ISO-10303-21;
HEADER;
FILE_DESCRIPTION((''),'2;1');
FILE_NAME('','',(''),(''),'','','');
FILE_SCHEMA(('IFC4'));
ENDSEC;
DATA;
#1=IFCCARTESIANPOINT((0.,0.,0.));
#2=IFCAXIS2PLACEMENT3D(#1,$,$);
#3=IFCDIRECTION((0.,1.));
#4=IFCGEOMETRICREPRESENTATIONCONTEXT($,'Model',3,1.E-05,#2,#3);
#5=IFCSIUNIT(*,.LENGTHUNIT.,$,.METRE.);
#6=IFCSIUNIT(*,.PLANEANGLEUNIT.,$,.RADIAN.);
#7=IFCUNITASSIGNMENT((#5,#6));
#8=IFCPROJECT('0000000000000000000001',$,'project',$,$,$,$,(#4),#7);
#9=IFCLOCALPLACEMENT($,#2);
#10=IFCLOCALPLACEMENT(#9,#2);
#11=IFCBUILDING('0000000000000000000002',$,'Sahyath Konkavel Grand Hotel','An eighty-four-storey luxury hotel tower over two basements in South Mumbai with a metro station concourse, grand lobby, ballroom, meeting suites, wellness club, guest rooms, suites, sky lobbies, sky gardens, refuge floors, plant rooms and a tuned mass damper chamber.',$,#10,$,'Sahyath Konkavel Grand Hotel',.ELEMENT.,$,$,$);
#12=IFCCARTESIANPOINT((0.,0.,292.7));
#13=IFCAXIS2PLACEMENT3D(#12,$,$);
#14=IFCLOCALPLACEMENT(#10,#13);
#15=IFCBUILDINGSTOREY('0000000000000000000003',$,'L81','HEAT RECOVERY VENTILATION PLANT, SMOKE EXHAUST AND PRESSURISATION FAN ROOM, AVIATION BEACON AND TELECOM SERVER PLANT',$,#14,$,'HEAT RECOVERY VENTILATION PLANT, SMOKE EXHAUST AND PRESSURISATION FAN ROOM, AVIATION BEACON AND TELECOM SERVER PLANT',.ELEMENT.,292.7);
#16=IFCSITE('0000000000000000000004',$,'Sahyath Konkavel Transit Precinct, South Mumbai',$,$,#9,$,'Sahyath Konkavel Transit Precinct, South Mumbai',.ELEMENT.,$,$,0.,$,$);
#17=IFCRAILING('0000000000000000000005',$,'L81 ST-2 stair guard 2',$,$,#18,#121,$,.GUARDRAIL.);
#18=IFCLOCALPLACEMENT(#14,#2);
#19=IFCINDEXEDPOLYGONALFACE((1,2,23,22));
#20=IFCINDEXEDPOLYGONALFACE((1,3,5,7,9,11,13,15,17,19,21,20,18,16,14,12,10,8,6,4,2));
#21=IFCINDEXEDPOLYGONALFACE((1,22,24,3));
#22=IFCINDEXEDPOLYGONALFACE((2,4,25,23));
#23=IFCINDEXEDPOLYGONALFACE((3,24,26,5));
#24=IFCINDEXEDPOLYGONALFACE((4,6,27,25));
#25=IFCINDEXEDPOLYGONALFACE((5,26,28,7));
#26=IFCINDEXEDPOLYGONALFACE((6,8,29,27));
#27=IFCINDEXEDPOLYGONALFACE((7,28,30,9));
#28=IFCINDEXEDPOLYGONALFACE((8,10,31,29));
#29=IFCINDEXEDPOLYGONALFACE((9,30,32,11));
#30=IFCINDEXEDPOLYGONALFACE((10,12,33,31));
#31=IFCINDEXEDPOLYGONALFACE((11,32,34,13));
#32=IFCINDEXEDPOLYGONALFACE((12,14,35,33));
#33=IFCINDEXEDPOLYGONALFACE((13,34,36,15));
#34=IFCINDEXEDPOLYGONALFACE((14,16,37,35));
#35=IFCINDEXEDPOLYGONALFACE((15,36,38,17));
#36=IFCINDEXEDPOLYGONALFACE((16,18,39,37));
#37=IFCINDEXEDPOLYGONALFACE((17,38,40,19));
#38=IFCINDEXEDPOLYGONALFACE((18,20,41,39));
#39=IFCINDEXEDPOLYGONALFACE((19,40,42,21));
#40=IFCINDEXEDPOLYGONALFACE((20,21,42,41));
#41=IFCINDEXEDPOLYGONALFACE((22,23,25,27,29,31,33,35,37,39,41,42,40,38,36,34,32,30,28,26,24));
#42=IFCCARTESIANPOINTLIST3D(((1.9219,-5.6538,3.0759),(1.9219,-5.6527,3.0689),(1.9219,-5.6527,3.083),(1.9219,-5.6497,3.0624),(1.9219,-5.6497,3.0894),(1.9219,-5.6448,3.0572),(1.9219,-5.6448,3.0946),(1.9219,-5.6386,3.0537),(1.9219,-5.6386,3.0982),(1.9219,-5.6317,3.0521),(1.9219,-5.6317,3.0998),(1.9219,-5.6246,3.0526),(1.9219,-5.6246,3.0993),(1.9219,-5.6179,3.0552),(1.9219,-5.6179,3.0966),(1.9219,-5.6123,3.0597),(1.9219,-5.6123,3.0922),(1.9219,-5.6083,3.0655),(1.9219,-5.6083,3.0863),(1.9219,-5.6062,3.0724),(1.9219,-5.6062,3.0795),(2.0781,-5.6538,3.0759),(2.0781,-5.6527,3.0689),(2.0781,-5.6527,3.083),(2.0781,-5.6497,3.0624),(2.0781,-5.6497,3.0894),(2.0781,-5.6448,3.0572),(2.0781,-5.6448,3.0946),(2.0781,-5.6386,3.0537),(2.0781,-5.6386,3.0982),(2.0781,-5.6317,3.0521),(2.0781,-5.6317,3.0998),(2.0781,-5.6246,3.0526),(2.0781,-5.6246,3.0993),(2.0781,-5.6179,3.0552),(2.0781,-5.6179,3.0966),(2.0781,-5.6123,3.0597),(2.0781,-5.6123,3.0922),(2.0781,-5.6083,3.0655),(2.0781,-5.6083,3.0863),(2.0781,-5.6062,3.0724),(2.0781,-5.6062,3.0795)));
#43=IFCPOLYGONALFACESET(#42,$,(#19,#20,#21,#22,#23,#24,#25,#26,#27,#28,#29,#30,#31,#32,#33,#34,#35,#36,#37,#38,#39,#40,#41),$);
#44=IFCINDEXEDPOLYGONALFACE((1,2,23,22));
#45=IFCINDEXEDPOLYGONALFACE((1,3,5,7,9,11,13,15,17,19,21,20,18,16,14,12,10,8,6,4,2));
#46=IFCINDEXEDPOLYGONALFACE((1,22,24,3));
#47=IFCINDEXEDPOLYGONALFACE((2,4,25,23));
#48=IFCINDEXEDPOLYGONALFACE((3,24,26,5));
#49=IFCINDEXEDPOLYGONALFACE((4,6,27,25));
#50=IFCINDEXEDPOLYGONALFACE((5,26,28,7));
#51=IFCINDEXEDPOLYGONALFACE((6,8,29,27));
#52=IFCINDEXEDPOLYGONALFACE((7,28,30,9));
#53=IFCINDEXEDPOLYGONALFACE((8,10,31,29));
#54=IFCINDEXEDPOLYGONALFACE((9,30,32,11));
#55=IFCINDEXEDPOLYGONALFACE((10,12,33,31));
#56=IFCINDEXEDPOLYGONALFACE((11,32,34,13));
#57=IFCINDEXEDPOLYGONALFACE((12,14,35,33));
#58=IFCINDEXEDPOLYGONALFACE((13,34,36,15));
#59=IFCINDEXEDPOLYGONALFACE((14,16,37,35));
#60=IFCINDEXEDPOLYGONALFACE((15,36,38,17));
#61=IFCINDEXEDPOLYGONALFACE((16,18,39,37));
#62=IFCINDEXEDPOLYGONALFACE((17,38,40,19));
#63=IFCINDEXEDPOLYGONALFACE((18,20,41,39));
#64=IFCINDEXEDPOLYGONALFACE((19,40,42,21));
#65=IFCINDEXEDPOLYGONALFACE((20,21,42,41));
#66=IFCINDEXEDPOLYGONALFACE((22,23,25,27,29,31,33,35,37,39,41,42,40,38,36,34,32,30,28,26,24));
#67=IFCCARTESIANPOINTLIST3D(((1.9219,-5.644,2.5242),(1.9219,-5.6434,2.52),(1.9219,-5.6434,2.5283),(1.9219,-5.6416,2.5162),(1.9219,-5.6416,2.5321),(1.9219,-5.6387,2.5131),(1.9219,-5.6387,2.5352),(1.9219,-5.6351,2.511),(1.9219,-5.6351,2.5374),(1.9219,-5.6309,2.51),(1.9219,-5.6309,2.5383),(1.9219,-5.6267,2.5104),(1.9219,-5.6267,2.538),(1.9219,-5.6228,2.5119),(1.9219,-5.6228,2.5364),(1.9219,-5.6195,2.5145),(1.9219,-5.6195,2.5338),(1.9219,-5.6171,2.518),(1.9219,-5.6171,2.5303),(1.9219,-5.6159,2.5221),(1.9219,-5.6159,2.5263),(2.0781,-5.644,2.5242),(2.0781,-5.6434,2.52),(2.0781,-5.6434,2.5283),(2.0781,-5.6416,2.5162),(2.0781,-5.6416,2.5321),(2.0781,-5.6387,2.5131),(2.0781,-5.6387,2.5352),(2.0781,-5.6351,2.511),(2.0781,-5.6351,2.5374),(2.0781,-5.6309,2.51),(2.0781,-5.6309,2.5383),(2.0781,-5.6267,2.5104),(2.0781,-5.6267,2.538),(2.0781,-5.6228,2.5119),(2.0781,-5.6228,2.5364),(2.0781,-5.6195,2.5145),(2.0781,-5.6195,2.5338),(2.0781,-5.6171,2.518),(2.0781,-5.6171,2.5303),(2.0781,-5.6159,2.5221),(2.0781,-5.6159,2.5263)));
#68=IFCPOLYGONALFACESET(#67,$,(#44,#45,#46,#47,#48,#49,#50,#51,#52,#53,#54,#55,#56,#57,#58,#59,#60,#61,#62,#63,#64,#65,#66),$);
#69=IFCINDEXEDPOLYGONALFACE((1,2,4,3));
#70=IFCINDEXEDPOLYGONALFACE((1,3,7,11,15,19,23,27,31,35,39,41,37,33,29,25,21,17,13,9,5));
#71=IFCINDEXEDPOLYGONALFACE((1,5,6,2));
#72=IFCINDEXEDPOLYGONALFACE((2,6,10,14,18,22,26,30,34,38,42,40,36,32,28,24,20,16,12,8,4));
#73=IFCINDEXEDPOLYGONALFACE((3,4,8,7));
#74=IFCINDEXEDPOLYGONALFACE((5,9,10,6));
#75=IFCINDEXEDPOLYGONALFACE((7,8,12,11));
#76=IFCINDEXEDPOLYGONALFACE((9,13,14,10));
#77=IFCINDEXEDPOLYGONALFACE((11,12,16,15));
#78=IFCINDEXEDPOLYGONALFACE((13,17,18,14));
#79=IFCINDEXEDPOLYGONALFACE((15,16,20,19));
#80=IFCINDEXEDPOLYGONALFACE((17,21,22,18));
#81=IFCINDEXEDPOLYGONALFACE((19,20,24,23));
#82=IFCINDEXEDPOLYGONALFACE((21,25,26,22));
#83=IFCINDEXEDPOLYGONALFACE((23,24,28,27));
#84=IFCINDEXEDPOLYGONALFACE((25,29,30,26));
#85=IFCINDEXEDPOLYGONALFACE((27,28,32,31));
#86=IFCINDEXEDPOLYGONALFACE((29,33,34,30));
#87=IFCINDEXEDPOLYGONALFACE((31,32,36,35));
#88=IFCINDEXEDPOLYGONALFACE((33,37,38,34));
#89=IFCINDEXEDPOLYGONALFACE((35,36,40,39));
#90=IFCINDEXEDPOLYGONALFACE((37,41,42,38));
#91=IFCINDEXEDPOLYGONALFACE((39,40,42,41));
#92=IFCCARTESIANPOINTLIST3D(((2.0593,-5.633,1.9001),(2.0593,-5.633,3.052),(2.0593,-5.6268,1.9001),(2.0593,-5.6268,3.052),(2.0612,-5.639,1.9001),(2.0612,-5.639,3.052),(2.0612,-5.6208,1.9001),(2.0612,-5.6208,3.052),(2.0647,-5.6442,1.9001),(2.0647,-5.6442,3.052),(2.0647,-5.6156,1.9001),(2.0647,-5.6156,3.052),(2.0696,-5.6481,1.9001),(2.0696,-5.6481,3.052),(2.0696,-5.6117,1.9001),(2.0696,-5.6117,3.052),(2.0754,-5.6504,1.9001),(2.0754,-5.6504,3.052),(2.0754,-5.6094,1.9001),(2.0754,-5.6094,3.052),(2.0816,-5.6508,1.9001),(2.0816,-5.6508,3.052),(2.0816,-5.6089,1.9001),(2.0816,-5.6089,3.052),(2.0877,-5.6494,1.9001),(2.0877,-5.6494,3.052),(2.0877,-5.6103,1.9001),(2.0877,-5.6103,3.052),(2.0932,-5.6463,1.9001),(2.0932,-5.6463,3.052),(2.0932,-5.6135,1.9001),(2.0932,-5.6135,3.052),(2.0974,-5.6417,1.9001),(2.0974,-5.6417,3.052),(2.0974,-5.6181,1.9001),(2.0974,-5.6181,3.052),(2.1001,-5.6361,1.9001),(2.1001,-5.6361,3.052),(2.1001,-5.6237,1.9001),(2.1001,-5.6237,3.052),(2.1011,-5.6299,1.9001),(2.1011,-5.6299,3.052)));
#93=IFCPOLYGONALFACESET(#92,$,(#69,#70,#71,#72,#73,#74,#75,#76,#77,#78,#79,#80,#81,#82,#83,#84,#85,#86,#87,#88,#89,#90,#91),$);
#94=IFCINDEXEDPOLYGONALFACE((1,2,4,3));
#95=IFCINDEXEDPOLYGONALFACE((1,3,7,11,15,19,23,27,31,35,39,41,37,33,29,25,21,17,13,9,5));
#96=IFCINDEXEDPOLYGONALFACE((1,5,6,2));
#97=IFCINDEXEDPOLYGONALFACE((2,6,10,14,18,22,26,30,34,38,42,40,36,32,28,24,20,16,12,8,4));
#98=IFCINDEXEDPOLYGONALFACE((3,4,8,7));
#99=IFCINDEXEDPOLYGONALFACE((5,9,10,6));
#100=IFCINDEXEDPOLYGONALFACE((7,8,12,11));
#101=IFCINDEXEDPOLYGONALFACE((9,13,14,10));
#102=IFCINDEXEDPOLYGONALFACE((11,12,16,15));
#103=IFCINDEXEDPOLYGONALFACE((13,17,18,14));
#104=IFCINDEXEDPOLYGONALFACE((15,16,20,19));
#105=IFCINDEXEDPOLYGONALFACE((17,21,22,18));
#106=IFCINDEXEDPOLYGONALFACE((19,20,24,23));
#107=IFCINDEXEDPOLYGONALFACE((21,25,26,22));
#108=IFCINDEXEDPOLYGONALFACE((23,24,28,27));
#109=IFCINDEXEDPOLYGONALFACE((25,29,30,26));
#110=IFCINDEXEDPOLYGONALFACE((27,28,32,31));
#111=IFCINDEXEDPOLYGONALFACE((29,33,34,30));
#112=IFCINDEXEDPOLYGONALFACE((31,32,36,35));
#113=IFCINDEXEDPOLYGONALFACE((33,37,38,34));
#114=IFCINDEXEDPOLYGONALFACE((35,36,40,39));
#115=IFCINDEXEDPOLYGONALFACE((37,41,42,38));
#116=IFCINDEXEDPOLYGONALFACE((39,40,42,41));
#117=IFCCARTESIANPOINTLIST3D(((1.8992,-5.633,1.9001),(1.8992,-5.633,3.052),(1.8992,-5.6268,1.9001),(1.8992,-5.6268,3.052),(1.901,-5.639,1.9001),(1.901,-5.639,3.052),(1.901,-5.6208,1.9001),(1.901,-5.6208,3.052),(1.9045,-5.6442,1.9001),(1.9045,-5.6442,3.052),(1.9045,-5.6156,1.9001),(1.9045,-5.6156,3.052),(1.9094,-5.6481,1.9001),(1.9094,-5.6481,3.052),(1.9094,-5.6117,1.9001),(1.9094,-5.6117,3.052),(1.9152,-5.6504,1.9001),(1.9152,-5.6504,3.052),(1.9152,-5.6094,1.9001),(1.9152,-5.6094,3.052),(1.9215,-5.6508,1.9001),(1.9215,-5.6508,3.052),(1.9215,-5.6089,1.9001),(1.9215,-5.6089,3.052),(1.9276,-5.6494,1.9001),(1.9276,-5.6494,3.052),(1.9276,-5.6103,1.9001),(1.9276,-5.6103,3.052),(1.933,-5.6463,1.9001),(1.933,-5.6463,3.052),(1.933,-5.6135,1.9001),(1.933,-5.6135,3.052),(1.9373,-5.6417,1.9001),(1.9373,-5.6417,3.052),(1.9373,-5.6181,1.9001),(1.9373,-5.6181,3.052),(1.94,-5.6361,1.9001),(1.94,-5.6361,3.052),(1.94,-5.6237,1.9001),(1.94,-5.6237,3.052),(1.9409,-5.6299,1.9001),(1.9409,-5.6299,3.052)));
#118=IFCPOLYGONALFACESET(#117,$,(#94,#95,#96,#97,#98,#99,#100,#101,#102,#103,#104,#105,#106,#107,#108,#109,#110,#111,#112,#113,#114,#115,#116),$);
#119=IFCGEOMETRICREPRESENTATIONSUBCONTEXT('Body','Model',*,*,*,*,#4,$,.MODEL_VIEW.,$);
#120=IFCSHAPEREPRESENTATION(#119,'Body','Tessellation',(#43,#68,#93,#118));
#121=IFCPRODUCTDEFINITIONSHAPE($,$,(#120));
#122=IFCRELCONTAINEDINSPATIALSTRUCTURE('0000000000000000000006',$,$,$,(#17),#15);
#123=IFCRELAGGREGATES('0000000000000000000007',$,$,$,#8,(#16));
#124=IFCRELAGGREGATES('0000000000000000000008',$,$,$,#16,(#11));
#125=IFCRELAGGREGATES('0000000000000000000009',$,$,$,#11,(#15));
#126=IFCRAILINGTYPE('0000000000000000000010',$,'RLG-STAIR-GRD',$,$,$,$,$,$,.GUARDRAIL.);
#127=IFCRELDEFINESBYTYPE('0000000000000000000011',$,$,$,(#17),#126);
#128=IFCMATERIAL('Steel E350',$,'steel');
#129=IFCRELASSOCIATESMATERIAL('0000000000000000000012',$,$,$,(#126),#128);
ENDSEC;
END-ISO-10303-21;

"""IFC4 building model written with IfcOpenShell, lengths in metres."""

from ifc_helpers import new_model, si_unit, direction, frame, origin, origin_2d, place, context, subcontext, project, spatial, circle, extrude, material, type_object, element, save


model = new_model("IFC4")

# Units and contexts
model_context = context("Model", 3, precision=1e-05, world=origin(), true_north=direction((0.0, 1.0)))
body_context = subcontext(model_context, "Body", "Model", "MODEL_VIEW")
ifc_project = project(units=[si_unit("LENGTHUNIT", "METRE"), si_unit("PLANEANGLEUNIT", "RADIAN")], contexts=[model_context])

# Site, building, storey
site_placement = place(None, origin())
site = spatial("IfcSite", under=ifc_project, at=site_placement, Name="Sahyath Konkavel Transit Precinct, South Mumbai", LongName="Sahyath Konkavel Transit Precinct, South Mumbai", CompositionType="ELEMENT", RefElevation=0.0)
building_placement = place(site_placement, origin())
building = spatial("IfcBuilding", under=site, at=building_placement, Name="Sahyath Konkavel Grand Hotel", Description="An eighty-four-storey luxury hotel tower over two basements in South Mumbai with a metro station concourse, grand lobby, ballroom, meeting suites, wellness club, guest rooms, suites, sky lobbies, sky gardens, refuge floors, plant rooms and a tuned mass damper chamber.", LongName="Sahyath Konkavel Grand Hotel", CompositionType="ELEMENT")
storey_placement = place(building_placement, frame((0.0, 0.0, 292.7)))
storey = spatial("IfcBuildingStorey", under=building, at=storey_placement, Name="L81", Description="HEAT RECOVERY VENTILATION PLANT, SMOKE EXHAUST AND PRESSURISATION FAN ROOM, AVIATION BEACON AND TELECOM SERVER PLANT", LongName="HEAT RECOVERY VENTILATION PLANT, SMOKE EXHAUST AND PRESSURISATION FAN ROOM, AVIATION BEACON AND TELECOM SERVER PLANT", CompositionType="ELEMENT", Elevation=292.7)

# Shared definitions
ifc_material_1 = material(Name="Steel E350", Category="steel")

# Railing
railing_type_1 = type_object("IfcRailingType", Name="RLG-STAIR-GRD", PredefinedType="GUARDRAIL", material=ifc_material_1)
railing_1_placement = place(storey_placement, frame((2.0801, -5.6299, 1.9001)))
element("IfcRailing", 1, at=railing_1_placement, inside=storey, type_object=railing_type_1, Name="L81 ST-2 stair guard 2", PredefinedType="GUARDRAIL", context=body_context, shape_type="SweptSolid", body=[
    extrude(circle(Radius=0.0239, at=origin_2d()), frame((-0.002, 0.0, 1.1758), z_axis=(-1.0, 0.0, 0.0), x_axis=(0.0, -1.0, 0.0)), (0.0, 0.0, 1.0), 0.1562),
    extrude(circle(Radius=0.0142, at=origin_2d()), frame((-0.002, 0.0, 0.624), z_axis=(-1.0, 0.0, 0.0), x_axis=(0.0, -1.0, 0.0)), (0.0, 0.0, 1.0), 0.1562),
    extrude(circle(Radius=0.021, at=origin_2d()), origin(), (0.0, 0.0, 1.0), 1.1519),
    extrude(circle(Radius=0.021, at=origin_2d()), frame((-0.1602, 0.0, 0.0)), (0.0, 0.0, 1.0), 1.1519),
])

save(model, "model.ifc")
